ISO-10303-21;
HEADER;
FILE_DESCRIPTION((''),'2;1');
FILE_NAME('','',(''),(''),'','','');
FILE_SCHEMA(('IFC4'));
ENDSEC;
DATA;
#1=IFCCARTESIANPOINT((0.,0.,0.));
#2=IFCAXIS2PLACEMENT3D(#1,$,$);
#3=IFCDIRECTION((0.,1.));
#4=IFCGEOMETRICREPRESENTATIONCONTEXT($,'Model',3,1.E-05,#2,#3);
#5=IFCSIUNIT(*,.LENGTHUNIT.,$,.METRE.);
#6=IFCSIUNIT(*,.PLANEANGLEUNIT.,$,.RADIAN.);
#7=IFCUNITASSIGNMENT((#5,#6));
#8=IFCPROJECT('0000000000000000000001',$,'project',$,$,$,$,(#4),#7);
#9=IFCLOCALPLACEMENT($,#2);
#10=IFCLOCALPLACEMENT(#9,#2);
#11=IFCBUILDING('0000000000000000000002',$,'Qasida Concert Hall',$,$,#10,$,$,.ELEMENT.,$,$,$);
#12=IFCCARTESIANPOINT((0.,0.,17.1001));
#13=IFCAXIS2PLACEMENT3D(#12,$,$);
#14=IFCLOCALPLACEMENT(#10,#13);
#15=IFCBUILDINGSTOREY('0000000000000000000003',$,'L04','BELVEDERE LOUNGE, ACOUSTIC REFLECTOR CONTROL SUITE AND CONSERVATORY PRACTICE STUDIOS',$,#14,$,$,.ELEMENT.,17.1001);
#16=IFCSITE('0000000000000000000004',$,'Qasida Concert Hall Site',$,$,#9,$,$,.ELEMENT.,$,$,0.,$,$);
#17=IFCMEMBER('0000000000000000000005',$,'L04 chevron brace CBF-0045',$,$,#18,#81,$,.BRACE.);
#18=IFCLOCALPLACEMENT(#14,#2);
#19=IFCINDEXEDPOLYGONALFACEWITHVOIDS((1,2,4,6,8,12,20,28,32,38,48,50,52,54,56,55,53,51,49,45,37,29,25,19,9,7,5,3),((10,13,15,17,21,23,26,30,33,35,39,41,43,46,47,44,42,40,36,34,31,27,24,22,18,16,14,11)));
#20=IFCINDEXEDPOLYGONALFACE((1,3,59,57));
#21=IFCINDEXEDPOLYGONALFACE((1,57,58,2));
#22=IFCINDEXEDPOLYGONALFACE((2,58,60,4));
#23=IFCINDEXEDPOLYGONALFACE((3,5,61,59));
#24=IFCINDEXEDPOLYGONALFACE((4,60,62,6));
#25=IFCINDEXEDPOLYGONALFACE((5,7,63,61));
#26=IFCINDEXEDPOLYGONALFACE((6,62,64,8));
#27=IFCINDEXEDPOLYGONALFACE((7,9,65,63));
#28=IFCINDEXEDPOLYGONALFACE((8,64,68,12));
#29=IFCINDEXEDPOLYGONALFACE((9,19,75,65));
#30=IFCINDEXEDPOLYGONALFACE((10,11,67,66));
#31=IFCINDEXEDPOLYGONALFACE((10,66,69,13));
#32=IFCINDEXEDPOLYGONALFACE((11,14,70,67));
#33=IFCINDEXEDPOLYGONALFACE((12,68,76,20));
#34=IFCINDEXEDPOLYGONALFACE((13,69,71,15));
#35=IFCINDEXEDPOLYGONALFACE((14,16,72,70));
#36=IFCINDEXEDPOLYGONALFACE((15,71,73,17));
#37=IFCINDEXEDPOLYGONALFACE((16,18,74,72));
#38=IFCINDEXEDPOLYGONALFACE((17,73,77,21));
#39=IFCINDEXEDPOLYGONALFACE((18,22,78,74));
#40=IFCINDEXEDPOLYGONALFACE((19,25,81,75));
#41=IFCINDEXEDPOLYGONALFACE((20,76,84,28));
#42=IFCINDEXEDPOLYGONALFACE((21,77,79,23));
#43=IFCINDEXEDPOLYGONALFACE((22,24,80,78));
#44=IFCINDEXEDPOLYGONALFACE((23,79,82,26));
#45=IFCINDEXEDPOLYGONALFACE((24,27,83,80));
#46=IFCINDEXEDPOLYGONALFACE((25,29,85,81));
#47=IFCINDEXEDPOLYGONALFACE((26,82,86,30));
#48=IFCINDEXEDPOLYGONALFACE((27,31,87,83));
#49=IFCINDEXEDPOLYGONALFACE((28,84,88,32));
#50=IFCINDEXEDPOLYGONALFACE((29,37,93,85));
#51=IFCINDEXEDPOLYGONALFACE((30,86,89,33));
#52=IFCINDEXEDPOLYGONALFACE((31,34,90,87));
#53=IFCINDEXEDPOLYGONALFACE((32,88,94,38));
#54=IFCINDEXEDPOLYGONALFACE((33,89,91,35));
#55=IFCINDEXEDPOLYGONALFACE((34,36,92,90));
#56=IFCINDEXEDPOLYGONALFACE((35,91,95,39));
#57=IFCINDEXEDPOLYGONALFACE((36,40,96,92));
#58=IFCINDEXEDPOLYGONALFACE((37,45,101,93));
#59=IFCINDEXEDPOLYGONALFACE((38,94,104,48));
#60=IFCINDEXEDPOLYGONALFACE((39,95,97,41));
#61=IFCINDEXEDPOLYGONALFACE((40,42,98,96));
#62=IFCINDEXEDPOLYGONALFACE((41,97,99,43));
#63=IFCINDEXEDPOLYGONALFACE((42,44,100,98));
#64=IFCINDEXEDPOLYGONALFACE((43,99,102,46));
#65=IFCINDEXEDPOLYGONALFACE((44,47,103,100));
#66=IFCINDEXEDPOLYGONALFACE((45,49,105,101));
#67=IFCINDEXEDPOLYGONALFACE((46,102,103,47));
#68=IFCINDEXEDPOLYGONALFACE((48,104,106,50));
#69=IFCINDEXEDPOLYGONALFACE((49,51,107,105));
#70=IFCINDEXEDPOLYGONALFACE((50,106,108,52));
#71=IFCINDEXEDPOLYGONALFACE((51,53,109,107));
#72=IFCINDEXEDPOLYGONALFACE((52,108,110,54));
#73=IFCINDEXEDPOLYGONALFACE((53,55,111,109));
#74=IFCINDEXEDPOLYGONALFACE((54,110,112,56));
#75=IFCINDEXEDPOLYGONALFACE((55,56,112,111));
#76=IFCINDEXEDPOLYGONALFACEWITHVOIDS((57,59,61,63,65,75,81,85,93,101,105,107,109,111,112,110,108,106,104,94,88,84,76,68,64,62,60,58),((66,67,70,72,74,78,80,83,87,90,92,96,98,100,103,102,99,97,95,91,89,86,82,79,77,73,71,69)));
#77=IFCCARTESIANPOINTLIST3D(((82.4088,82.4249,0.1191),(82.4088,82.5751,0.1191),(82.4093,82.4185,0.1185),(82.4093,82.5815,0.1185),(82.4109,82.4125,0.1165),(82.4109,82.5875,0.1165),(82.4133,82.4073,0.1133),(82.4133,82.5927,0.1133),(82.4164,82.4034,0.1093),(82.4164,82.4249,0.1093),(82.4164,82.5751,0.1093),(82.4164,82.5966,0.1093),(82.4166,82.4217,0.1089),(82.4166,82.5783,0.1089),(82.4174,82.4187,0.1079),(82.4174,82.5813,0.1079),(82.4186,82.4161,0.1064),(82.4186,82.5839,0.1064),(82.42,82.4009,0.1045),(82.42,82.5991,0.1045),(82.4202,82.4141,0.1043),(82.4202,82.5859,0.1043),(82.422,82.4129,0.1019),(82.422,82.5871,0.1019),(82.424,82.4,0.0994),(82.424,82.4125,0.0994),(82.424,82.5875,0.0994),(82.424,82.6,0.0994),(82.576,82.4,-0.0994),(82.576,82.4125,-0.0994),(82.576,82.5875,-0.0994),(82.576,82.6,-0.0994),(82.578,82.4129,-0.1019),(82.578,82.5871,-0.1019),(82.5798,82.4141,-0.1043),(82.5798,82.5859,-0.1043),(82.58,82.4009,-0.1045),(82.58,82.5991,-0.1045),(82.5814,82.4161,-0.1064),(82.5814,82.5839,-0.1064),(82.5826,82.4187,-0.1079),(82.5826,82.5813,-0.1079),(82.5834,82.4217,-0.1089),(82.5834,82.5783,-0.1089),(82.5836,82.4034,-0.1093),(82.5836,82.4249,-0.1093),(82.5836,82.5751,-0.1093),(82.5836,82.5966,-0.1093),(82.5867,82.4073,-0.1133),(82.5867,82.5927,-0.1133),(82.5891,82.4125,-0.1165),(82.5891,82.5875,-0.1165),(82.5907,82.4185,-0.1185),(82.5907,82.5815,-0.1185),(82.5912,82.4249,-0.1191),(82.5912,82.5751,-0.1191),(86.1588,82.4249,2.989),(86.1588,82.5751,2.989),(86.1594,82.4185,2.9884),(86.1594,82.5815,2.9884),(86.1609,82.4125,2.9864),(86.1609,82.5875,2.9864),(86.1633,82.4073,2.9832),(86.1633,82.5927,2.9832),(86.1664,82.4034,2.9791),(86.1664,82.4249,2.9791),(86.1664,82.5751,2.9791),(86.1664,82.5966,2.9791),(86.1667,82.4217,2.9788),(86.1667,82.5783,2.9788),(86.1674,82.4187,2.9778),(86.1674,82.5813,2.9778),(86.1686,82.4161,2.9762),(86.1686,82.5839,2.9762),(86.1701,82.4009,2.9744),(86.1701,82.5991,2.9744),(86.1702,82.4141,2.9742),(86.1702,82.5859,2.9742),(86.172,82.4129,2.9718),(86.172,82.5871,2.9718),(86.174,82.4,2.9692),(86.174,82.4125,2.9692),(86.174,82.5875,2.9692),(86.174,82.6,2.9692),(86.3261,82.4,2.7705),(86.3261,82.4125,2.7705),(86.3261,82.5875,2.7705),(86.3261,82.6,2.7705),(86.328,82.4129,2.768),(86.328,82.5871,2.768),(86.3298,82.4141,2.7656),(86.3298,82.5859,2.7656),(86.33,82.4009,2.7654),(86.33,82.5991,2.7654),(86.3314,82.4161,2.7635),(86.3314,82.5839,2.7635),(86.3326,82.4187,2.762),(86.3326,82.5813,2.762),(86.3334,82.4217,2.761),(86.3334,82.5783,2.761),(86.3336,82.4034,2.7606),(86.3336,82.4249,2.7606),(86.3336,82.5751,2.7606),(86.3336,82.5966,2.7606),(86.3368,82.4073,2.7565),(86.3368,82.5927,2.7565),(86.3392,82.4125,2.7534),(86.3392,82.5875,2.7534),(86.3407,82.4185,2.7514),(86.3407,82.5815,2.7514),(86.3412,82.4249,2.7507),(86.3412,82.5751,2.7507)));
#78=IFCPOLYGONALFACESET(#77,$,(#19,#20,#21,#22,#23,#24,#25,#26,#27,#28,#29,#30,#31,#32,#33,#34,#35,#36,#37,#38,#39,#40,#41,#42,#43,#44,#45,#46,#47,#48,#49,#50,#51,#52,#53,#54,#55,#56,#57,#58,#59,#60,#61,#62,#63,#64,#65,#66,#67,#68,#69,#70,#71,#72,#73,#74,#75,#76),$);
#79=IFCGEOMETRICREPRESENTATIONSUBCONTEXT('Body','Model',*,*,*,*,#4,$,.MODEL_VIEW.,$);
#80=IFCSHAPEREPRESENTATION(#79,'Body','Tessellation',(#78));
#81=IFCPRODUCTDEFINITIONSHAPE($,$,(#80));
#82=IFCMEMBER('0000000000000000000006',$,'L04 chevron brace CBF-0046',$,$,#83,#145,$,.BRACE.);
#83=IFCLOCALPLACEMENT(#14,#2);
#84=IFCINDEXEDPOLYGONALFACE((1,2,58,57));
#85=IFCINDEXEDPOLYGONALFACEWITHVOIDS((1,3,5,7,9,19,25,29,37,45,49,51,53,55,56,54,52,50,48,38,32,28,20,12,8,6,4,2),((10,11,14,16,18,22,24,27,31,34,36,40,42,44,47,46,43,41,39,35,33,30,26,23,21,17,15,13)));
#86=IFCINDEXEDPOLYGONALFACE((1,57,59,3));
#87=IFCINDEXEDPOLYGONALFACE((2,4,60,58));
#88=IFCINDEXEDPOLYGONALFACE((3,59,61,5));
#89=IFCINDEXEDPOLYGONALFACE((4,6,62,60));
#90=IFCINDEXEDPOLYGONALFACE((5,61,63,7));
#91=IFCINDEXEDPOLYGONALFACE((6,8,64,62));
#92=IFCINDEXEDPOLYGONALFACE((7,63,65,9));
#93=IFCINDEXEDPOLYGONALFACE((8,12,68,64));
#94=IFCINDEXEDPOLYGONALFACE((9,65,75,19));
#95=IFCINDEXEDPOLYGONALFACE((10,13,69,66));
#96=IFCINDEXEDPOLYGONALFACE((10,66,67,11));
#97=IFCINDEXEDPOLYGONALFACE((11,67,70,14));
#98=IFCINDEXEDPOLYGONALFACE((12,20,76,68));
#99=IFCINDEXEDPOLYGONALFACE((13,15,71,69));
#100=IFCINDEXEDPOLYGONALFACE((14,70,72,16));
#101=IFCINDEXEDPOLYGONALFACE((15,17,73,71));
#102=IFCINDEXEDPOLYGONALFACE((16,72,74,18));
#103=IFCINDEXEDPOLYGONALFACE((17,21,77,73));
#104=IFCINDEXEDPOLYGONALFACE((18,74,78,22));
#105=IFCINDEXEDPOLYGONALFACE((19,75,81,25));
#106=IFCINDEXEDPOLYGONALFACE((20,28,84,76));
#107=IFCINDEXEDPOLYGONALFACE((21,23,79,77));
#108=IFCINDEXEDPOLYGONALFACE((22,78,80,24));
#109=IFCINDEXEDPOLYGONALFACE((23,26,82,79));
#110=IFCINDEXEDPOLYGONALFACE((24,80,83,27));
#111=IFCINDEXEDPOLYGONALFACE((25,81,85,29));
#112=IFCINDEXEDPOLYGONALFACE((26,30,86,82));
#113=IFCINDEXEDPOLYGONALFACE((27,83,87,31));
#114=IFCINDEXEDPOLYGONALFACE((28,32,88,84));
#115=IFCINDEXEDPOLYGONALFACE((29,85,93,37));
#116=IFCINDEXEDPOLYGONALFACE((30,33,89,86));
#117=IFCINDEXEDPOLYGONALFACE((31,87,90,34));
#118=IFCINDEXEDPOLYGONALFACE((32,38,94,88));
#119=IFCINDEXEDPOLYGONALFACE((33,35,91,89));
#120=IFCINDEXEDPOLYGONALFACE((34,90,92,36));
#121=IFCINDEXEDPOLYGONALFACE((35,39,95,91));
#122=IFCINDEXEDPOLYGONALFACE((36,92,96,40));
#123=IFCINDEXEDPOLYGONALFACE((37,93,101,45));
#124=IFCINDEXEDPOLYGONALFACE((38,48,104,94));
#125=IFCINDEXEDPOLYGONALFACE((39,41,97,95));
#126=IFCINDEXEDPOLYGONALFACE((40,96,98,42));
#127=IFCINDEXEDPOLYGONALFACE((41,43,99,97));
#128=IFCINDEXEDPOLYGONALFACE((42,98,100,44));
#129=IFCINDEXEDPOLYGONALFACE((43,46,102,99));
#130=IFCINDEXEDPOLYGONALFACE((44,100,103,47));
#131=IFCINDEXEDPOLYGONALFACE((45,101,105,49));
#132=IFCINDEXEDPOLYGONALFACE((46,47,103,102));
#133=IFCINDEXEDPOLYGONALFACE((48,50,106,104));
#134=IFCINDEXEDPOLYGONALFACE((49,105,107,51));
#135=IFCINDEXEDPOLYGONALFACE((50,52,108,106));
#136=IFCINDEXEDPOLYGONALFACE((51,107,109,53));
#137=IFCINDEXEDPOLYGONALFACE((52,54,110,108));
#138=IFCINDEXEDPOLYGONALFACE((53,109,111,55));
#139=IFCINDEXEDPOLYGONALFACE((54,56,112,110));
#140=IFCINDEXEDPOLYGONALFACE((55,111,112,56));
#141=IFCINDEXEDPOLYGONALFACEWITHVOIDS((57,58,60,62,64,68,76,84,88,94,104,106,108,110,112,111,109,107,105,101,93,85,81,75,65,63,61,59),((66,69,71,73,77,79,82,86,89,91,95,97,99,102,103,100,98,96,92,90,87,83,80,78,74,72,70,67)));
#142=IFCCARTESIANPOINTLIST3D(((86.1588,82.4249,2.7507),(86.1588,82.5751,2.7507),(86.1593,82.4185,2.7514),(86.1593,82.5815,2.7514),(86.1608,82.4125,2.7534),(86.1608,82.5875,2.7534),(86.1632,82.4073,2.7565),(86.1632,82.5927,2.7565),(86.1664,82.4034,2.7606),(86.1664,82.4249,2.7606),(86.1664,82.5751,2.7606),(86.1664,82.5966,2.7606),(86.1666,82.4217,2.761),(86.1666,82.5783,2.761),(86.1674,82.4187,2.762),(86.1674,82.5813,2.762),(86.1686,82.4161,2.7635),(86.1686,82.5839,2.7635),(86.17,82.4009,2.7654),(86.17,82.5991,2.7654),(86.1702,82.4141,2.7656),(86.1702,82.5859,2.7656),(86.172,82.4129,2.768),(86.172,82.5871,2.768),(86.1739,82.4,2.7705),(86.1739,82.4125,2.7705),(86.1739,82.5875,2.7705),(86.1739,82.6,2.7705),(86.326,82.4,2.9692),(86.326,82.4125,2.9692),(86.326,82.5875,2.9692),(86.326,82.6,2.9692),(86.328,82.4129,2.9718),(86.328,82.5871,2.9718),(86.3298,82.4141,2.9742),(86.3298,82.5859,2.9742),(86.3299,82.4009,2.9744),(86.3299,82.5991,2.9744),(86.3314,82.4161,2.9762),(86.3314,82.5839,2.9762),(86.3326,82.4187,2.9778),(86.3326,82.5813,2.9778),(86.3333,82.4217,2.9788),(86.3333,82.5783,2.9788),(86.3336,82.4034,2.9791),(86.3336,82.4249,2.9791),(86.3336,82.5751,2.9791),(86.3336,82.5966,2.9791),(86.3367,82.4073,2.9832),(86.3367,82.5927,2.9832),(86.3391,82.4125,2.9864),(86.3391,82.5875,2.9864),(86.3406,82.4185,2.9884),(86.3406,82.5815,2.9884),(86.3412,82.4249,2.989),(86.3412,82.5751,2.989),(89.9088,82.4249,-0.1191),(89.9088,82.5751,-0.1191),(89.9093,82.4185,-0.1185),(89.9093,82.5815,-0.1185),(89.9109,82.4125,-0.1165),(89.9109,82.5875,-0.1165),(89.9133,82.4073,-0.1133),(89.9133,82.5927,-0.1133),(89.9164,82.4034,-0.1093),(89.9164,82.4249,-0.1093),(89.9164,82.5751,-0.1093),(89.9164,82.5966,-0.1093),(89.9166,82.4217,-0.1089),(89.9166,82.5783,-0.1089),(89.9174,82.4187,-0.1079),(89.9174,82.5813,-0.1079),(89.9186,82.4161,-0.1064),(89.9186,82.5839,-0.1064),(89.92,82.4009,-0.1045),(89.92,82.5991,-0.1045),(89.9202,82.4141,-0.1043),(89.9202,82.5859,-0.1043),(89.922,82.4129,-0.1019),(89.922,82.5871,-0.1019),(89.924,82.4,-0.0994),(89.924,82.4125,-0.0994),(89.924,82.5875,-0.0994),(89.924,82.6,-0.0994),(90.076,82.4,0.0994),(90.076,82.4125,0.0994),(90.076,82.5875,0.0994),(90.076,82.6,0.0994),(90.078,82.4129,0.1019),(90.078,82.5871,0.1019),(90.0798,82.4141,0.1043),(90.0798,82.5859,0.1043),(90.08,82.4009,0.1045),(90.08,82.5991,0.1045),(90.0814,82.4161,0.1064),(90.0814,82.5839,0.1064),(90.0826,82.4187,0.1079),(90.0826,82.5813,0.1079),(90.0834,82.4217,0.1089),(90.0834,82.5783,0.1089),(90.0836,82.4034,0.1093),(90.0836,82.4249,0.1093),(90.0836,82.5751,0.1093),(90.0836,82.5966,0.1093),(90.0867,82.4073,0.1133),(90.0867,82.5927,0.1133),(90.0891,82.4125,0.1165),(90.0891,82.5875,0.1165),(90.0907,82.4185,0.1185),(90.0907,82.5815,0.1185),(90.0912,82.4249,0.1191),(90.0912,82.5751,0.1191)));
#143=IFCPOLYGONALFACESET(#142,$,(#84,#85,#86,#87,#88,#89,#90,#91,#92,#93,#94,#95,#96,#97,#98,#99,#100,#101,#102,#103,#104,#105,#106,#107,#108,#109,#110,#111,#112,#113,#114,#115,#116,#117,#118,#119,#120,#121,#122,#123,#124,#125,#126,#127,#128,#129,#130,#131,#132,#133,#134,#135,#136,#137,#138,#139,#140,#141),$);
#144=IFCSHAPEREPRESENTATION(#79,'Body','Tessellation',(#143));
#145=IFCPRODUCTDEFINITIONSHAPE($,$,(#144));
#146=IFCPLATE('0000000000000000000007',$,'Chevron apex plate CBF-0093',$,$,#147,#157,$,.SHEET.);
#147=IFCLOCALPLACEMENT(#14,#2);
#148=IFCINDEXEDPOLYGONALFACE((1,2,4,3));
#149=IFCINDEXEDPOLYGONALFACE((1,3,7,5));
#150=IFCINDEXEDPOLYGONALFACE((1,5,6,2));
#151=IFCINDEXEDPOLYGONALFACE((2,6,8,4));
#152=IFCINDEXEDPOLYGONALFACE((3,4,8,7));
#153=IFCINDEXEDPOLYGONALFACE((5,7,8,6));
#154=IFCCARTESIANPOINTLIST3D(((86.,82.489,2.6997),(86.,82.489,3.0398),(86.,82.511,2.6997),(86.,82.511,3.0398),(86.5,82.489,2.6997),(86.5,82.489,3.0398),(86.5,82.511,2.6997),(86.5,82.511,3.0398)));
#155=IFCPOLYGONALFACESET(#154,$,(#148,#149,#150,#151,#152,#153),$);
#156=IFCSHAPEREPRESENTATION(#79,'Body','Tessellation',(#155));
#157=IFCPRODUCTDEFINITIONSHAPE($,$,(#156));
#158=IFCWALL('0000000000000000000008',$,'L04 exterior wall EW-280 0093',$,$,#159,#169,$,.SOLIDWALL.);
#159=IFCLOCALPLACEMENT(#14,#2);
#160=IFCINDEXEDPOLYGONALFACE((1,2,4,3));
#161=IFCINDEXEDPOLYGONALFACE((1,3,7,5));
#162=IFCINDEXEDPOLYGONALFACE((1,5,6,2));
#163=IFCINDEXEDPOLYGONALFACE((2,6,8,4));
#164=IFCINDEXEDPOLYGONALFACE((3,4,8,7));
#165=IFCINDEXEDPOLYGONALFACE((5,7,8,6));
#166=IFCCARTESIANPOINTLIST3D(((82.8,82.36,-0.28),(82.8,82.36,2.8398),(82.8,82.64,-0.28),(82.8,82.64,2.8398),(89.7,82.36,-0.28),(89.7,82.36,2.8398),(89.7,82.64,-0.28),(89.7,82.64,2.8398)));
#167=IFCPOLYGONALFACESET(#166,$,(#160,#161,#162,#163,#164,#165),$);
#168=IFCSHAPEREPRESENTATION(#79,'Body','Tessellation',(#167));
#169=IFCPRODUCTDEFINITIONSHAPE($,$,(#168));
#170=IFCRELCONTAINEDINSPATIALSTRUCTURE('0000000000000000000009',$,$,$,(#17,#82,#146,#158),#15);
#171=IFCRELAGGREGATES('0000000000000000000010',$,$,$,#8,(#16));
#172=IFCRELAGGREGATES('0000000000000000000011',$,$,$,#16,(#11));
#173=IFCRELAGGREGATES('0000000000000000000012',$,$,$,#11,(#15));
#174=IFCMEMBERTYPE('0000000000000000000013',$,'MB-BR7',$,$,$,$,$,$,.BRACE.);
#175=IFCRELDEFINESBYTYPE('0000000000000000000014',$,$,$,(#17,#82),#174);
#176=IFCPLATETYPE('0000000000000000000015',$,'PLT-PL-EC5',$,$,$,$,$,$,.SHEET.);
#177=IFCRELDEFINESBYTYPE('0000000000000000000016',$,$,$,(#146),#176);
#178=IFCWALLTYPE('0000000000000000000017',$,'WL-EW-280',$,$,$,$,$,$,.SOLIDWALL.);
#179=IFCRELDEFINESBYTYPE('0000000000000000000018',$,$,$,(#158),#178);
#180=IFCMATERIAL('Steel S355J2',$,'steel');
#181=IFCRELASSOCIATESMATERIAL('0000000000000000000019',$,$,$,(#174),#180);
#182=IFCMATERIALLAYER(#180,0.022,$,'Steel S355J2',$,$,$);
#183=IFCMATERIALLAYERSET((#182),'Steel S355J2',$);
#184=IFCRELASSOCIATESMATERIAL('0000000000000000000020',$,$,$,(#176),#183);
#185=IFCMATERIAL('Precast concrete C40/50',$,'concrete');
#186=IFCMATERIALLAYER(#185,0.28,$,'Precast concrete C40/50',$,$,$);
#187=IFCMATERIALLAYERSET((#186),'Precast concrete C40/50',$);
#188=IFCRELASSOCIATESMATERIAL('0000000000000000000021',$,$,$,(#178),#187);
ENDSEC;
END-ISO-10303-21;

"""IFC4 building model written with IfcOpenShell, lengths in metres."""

from ifc_helpers import new_model, si_unit, direction, frame, frame_2d, origin, origin_2d, place, context, subcontext, project, spatial, rectangle, hollow_rectangle, extrude, material, layer, layer_set, material_profile, profile_set, type_object, element, save


model = new_model("IFC4")

# Units and contexts
model_context = context("Model", 3, precision=1e-05, world=origin(), true_north=direction((0.0, 1.0)))
body_context = subcontext(model_context, "Body", "Model", "MODEL_VIEW")
ifc_project = project(units=[si_unit("LENGTHUNIT", "METRE"), si_unit("PLANEANGLEUNIT", "RADIAN")], contexts=[model_context])

# Site, building, storey
site_placement = place(None, origin())
site = spatial("IfcSite", under=ifc_project, at=site_placement, Name="Qasida Concert Hall Site", CompositionType="ELEMENT", RefElevation=0.0)
building_placement = place(site_placement, origin())
building = spatial("IfcBuilding", under=site, at=building_placement, Name="Qasida Concert Hall", CompositionType="ELEMENT")
storey_placement = place(building_placement, frame((0.0, 0.0, 17.1001)))
storey = spatial("IfcBuildingStorey", under=building, at=storey_placement, Name="L04", Description="BELVEDERE LOUNGE, ACOUSTIC REFLECTOR CONTROL SUITE AND CONSERVATORY PRACTICE STUDIOS", CompositionType="ELEMENT", Elevation=17.1001)

# Shared definitions
ifc_material_1 = material(Name="Steel S355J2", Category="steel")

# Members
ifc_material_profile_1 = material_profile(ifc_material_1, hollow_rectangle(XDim=0.2, YDim=0.3, WallThickness=0.0125, InnerFilletRadius=0.0125, OuterFilletRadius=0.0249, at=origin_2d()), Name="RHS 300x200x12.5")
ifc_profile_set_1 = profile_set([ifc_material_profile_1], Name="Steel S355J2")
member_type = type_object("IfcMemberType", Name="MB-BR7", PredefinedType="BRACE", material=ifc_profile_set_1)
for number, where, z_axis, x_axis, name in (
    (1, (82.5, 82.5, 0.0), (0.79413, 0.0, 0.607748), (0.0, 1.0, 0.0), "L04 chevron brace CBF-0045"),
    (2, (90.0, 82.5, 0.0), (-0.79413, 0.0, 0.607748), (0.0, -1.0, 0.0), "L04 chevron brace CBF-0046"),
):
    element("IfcMember", number, at=place(storey_placement, frame(where, z_axis=z_axis, x_axis=x_axis)), inside=storey, type_object=member_type, Name=name, PredefinedType="BRACE", context=body_context, shape_type="SweptSolid", body=[
        extrude(hollow_rectangle(XDim=0.2, YDim=0.3, WallThickness=0.0125, InnerFilletRadius=0.0125, OuterFilletRadius=0.0249, at=origin_2d()), origin(), (0.0, 0.0, 1.0), 4.7222),
    ])

# Plate
ifc_layer_1 = layer(ifc_material_1, 0.022, Name="Steel S355J2")
ifc_layer_set_1 = layer_set([ifc_layer_1], Name="Steel S355J2")
plate_type = type_object("IfcPlateType", Name="PLT-PL-EC5", PredefinedType="SHEET", material=ifc_layer_set_1)
plate_placement = place(storey_placement, frame((86.25, 82.5, 2.6997), z_axis=(0.0, 0.0, 1.0), x_axis=(1.0, 0.0, 0.0)))
element("IfcPlate", 3, at=plate_placement, inside=storey, type_object=plate_type, Name="Chevron apex plate CBF-0093", PredefinedType="SHEET", context=body_context, shape_type="SweptSolid", body=[
    extrude(rectangle(XDim=0.5, YDim=0.022, at=origin_2d()), origin(), (0.0, 0.0, 1.0), 0.3401),
])

# Wall
ifc_material_2 = material(Name="Precast concrete C40/50", Category="concrete")
ifc_layer_2 = layer(ifc_material_2, 0.28, Name="Precast concrete C40/50")
ifc_layer_set_2 = layer_set([ifc_layer_2], Name="Precast concrete C40/50")
wall_type = type_object("IfcWallType", Name="WL-EW-280", PredefinedType="SOLIDWALL", material=ifc_layer_set_2)
wall_1_placement = place(storey_placement, frame((82.8, 82.5, -0.28), z_axis=(0.0, 0.0, 1.0), x_axis=(1.0, 0.0, 0.0)))
element("IfcWall", 4, at=wall_1_placement, inside=storey, type_object=wall_type, Name="L04 exterior wall EW-280 0093", PredefinedType="SOLIDWALL", context=body_context, shape_type="SweptSolid", body=[
    extrude(rectangle(XDim=6.8999, YDim=0.28, at=frame_2d((3.45, 0.0))), origin(), (0.0, 0.0, 1.0), 3.1199),
])

save(model, "model.ifc")
